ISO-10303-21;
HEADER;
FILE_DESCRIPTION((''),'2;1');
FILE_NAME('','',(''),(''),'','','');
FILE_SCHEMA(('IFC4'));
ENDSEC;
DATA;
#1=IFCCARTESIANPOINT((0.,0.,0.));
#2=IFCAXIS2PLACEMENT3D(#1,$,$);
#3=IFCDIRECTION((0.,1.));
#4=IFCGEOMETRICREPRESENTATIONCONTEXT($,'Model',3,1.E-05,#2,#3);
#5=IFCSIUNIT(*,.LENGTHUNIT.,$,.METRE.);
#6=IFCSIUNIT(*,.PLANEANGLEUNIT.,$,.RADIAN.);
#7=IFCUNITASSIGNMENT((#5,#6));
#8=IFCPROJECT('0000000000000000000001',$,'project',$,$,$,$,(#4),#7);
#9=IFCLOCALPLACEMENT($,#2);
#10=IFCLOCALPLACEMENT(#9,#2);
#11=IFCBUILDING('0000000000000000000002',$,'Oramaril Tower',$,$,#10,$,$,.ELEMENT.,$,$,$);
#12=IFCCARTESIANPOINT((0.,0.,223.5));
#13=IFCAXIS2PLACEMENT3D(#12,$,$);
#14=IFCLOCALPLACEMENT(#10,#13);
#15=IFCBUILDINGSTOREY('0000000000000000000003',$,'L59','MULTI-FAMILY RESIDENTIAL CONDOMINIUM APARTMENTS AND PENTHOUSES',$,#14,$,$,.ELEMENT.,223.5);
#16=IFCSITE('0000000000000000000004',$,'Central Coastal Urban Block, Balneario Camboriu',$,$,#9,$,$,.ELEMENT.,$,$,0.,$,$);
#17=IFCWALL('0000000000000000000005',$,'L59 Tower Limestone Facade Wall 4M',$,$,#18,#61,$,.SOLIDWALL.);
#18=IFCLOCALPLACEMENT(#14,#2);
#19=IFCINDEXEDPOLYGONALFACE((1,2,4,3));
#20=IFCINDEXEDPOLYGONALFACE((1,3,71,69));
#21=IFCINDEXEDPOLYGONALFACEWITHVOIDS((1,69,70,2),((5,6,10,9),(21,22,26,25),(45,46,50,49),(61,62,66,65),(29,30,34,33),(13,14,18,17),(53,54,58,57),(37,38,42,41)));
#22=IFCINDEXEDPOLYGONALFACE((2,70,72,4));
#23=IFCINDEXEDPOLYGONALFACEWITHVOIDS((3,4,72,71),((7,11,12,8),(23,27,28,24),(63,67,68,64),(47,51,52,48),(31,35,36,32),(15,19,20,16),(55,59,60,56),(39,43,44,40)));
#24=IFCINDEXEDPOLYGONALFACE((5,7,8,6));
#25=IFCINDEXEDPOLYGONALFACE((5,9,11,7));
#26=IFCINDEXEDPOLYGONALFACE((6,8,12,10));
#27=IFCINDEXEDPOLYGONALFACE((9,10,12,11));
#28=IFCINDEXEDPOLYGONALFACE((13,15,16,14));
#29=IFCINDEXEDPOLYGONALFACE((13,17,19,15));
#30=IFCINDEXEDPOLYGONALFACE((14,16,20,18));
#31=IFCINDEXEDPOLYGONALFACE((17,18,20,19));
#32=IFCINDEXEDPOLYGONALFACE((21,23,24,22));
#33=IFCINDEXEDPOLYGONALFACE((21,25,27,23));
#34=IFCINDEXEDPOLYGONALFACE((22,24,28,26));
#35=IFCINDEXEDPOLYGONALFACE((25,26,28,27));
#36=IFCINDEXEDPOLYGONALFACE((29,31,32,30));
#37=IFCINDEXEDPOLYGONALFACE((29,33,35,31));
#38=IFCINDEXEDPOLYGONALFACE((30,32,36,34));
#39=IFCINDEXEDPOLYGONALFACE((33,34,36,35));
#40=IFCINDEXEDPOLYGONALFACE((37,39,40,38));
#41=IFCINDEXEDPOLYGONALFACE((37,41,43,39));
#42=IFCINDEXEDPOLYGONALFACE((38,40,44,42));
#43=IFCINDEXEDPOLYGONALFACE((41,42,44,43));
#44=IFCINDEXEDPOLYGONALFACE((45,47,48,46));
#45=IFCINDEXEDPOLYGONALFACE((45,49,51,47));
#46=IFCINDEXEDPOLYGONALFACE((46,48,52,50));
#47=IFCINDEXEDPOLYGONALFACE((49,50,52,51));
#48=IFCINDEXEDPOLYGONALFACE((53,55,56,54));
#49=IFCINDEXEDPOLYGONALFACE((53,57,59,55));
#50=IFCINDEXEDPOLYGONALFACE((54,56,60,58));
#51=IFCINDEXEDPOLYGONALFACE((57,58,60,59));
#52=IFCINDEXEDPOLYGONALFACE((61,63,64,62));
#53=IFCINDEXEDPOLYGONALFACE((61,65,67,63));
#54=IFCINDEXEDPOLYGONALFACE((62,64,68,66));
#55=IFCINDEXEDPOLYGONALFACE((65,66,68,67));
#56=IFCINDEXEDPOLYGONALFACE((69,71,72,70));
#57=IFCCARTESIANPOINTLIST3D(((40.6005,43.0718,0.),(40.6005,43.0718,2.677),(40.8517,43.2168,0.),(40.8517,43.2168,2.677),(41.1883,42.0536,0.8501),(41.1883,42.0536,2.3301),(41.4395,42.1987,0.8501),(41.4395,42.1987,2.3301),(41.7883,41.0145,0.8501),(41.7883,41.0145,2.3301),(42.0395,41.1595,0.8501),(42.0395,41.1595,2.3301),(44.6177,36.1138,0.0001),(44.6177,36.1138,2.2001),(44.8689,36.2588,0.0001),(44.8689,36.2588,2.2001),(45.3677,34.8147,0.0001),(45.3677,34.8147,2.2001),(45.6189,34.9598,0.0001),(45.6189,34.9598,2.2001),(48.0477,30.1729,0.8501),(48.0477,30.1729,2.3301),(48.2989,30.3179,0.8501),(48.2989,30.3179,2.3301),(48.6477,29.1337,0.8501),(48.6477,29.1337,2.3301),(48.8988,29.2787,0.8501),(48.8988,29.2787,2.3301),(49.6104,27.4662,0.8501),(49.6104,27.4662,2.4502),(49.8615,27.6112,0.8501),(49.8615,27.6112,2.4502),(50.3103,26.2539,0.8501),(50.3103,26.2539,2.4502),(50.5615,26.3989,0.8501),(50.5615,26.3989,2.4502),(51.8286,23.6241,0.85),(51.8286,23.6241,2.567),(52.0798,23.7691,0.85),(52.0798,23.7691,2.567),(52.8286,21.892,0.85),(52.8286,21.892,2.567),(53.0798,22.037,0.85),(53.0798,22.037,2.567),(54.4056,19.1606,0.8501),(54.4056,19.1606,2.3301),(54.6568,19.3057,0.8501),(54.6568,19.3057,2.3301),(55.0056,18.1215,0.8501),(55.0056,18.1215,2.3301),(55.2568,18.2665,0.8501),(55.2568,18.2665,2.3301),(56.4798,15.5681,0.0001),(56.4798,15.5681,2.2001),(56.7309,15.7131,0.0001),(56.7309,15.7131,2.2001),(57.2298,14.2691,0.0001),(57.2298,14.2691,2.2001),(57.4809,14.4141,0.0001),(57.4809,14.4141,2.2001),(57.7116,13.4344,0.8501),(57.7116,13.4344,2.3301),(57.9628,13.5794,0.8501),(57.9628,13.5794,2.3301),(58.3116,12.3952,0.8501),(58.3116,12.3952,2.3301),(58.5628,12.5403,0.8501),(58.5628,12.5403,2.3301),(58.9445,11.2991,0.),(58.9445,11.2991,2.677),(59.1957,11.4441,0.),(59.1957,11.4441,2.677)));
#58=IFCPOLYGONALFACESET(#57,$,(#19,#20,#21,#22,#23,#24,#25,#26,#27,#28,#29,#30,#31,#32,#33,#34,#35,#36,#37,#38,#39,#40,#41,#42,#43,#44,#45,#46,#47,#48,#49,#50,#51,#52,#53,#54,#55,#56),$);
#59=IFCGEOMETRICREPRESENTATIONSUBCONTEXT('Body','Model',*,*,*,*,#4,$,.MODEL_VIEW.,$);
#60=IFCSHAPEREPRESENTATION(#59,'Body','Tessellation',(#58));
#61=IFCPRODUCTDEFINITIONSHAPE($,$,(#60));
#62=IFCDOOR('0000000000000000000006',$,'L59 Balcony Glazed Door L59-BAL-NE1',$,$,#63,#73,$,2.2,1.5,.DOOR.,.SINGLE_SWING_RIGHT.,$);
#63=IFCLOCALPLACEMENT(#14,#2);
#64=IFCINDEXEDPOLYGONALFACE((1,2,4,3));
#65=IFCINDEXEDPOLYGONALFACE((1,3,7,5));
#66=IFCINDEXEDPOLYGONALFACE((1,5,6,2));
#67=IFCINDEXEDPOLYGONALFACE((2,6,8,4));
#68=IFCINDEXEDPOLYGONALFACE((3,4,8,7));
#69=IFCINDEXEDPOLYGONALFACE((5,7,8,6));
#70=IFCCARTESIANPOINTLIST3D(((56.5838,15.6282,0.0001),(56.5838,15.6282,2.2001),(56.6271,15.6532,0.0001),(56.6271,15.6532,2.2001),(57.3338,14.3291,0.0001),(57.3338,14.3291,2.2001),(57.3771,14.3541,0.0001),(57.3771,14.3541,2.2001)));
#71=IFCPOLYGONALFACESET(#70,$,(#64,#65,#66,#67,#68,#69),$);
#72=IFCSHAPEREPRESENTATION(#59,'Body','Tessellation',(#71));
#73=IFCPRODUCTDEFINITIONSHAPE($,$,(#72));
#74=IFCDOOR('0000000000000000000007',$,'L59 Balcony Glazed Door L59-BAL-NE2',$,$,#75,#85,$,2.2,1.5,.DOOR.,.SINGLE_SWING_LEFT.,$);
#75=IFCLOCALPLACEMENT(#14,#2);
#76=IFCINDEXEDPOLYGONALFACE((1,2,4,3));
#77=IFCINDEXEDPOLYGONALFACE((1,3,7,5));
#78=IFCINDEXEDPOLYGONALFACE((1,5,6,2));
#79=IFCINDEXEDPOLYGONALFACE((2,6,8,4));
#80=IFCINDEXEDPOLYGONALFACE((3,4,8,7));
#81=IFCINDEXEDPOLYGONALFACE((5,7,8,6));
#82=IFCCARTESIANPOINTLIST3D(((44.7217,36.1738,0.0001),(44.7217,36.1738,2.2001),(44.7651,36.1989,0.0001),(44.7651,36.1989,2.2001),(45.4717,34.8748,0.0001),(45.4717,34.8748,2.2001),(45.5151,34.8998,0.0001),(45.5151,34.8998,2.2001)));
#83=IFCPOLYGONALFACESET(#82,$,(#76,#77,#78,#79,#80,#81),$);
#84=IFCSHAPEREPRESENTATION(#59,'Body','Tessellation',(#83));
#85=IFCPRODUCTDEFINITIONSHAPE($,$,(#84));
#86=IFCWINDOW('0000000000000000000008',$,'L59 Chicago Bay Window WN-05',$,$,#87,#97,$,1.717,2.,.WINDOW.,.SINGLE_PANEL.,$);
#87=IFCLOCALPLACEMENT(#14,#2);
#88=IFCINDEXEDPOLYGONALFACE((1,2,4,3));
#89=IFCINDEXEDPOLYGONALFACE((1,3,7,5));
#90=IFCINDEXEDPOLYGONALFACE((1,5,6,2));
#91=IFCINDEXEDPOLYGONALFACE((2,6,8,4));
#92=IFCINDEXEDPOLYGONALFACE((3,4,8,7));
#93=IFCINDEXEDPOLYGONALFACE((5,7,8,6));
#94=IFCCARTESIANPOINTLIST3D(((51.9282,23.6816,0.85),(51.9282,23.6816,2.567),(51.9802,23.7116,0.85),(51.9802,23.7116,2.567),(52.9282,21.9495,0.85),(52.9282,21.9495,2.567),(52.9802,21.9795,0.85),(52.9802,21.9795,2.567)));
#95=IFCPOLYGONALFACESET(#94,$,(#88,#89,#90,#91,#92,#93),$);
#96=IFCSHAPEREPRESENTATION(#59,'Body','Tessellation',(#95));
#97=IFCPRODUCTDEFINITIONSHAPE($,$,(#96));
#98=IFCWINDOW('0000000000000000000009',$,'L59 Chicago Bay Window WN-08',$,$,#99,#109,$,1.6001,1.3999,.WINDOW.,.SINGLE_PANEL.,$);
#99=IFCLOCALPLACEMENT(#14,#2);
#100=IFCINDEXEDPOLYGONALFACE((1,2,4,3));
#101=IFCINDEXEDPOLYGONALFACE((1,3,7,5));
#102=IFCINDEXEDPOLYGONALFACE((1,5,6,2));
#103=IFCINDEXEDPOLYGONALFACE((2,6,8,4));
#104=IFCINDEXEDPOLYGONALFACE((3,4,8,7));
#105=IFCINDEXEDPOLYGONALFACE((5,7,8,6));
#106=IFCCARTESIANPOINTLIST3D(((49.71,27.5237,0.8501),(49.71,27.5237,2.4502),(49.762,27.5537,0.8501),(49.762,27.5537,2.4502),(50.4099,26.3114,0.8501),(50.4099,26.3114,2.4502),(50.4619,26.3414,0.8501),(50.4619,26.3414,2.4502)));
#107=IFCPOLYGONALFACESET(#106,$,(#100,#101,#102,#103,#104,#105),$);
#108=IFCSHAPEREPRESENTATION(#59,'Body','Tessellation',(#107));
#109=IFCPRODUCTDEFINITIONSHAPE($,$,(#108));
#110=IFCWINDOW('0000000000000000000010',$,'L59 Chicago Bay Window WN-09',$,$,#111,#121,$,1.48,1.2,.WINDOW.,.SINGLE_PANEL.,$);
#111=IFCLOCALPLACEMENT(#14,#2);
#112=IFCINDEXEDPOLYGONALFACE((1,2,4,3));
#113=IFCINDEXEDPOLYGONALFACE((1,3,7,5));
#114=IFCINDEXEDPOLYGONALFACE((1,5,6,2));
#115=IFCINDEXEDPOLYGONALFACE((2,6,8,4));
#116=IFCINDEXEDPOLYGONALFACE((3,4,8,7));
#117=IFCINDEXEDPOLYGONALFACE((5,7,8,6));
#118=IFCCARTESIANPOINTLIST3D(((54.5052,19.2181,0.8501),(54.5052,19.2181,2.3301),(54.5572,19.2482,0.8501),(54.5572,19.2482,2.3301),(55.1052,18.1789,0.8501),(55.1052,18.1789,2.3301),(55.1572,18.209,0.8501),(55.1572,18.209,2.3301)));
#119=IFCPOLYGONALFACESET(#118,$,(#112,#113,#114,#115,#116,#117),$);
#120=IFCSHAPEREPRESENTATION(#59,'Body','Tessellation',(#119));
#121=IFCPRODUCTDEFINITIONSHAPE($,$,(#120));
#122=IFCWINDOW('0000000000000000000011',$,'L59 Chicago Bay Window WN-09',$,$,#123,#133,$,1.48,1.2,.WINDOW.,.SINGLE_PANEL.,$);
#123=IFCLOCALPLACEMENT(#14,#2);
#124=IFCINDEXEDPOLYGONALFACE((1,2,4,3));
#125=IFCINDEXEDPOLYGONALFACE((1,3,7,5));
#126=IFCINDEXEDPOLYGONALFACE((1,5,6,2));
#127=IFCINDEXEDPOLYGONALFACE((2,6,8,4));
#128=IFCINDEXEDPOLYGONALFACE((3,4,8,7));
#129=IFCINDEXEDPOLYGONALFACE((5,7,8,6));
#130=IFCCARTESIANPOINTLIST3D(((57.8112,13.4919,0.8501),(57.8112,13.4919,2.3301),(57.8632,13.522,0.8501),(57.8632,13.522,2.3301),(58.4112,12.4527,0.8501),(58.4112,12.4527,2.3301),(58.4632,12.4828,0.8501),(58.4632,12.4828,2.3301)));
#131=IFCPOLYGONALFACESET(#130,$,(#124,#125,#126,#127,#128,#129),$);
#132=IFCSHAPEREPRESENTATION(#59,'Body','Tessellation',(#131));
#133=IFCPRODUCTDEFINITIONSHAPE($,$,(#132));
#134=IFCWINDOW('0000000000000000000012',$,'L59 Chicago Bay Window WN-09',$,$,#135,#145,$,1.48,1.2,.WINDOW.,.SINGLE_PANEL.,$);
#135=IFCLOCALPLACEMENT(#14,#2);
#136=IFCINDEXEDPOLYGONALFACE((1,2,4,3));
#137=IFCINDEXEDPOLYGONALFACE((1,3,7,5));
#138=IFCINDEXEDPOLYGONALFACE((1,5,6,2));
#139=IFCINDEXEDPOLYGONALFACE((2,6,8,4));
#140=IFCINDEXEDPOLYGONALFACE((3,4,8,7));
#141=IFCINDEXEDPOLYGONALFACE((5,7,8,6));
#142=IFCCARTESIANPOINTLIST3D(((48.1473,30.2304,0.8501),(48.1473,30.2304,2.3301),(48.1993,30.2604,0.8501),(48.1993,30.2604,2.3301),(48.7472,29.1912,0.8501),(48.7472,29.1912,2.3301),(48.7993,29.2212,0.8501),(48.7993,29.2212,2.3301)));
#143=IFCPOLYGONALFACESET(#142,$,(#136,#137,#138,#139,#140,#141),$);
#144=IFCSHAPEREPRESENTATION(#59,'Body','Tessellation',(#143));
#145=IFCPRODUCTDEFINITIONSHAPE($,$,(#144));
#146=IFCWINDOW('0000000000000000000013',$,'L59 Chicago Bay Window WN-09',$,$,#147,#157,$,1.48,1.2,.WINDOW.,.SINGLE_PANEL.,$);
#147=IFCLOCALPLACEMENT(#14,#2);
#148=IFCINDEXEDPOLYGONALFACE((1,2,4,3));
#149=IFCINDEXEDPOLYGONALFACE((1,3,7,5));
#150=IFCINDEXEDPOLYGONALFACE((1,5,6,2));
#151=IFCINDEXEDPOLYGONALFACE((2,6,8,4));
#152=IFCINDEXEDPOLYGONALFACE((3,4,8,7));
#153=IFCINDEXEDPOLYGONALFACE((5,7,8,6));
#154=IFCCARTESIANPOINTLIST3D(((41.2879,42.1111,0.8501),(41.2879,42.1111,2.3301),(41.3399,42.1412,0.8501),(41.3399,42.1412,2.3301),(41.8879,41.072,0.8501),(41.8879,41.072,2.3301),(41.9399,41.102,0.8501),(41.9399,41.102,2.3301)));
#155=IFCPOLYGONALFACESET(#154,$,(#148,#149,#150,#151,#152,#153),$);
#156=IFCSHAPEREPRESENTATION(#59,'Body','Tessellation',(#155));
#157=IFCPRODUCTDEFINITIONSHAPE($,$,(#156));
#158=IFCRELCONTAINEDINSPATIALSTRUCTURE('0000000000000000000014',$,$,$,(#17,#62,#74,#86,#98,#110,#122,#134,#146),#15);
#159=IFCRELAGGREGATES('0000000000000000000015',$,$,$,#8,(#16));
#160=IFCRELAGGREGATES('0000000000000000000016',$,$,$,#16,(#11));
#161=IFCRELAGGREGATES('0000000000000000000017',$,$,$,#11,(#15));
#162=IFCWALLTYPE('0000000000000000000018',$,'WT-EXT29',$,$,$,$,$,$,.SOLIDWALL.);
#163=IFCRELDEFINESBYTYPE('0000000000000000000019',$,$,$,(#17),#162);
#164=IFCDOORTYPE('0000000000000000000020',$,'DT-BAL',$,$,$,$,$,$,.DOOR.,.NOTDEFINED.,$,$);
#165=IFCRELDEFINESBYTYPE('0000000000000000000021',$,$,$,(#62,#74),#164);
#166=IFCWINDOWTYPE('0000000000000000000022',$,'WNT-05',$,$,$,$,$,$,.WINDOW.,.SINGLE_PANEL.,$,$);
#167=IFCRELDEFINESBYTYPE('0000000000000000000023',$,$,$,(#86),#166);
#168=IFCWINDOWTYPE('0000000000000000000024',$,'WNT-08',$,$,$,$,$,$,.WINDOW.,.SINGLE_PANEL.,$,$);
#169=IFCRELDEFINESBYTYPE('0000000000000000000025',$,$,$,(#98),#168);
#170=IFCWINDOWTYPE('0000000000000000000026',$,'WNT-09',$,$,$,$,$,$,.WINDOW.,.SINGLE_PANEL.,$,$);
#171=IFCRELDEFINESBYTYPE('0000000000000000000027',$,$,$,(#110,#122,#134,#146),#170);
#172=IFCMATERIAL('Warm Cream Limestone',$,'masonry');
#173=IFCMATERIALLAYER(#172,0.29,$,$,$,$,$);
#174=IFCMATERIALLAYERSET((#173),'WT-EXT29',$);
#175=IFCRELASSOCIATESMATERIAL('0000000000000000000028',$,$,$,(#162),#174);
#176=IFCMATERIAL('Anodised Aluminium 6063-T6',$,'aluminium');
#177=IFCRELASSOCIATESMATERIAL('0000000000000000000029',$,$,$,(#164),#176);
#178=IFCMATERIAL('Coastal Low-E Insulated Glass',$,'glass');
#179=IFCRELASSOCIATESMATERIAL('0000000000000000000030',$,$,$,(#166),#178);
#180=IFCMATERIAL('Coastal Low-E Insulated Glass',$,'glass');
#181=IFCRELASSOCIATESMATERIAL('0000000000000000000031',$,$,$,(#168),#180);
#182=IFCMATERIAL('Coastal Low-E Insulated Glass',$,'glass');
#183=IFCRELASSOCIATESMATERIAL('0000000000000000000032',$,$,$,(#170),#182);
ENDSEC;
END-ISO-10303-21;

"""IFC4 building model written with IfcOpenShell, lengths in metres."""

from ifc_helpers import new_model, si_unit, direction, frame, frame_2d, origin, place, context, subcontext, project, spatial, rectangle, extrude, material, layer, layer_set, type_object, element, fill, save


model = new_model("IFC4")

# Units and contexts
model_context = context("Model", 3, precision=1e-05, world=origin(), true_north=direction((0.0, 1.0)))
body_context = subcontext(model_context, "Body", "Model", "MODEL_VIEW")
ifc_project = project(units=[si_unit("LENGTHUNIT", "METRE"), si_unit("PLANEANGLEUNIT", "RADIAN")], contexts=[model_context])

# Site, building, storey
site_placement = place(None, origin())
site = spatial("IfcSite", under=ifc_project, at=site_placement, Name="Central Coastal Urban Block, Balneario Camboriu", CompositionType="ELEMENT", RefElevation=0.0)
building_placement = place(site_placement, origin())
building = spatial("IfcBuilding", under=site, at=building_placement, Name="Oramaril Tower", CompositionType="ELEMENT")
storey_placement = place(building_placement, frame((0.0, 0.0, 223.5)))
storey = spatial("IfcBuildingStorey", under=building, at=storey_placement, Name="L59", Description="MULTI-FAMILY RESIDENTIAL CONDOMINIUM APARTMENTS AND PENTHOUSES", CompositionType="ELEMENT", Elevation=223.5)

# Wall, openings, doors, windows
ifc_material_1 = material(Name="Warm Cream Limestone", Category="masonry")
ifc_layer_1 = layer(ifc_material_1, 0.29)
ifc_layer_set_1 = layer_set([ifc_layer_1], Name="WT-EXT29")
wall_type = type_object("IfcWallType", Name="WT-EXT29", PredefinedType="SOLIDWALL", material=ifc_layer_set_1)
wall_placement = place(storey_placement, frame((59.0701, 11.3716, 0.0), z_axis=(0.0, 0.0, 1.0), x_axis=(-0.5, 0.866025, 0.0)))
wall = element("IfcWall", 1, at=wall_placement, inside=storey, type_object=wall_type, Name="L59 Tower Limestone Facade Wall 4M", PredefinedType="SOLIDWALL", context=body_context, shape_type="SweptSolid", body=[
    extrude(rectangle(XDim=36.688, YDim=0.29, at=frame_2d((18.344, 0.0))), origin(), (0.0, 0.0, 1.0), 2.677),
])
opening_1_placement = place(wall_placement, frame((3.4294, 0.0, 0.0)))
opening_1 = element("IfcOpeningElement", 2, at=opening_1_placement, cuts=wall, PredefinedType="OPENING", context=body_context, shape_type="SweptSolid", body=[
    extrude(rectangle(XDim=1.5, YDim=2.2, at=frame_2d((0.75, 1.1001))), frame((0.0, 0.145, 0.0), z_axis=(0.0, -1.0, 0.0), x_axis=(1.0, 0.0, 0.0)), (0.0, 0.0, 1.0), 0.29),
])
opening_2_placement = place(wall_placement, frame((27.1536, 0.0, 0.0)))
opening_2 = element("IfcOpeningElement", 3, at=opening_2_placement, cuts=wall, PredefinedType="OPENING", context=body_context, shape_type="SweptSolid", body=[
    extrude(rectangle(XDim=1.5, YDim=2.2, at=frame_2d((0.75, 1.1001))), frame((0.0, 0.145, 0.0), z_axis=(0.0, -1.0, 0.0), x_axis=(1.0, 0.0, 0.0)), (0.0, 0.0, 1.0), 0.29),
])
opening_3_placement = place(wall_placement, frame((7.8777, 0.0, 0.8501)))
opening_3 = element("IfcOpeningElement", 4, at=opening_3_placement, cuts=wall, PredefinedType="OPENING", context=body_context, shape_type="SweptSolid", body=[
    extrude(rectangle(XDim=1.2, YDim=1.48, at=frame_2d((0.6001, 0.74))), frame((0.0, 0.145, 0.0), z_axis=(0.0, -1.0, 0.0), x_axis=(1.0, 0.0, 0.0)), (0.0, 0.0, 1.0), 0.29),
])
opening_4_placement = place(wall_placement, frame((1.2656, 0.0, 0.8501)))
opening_4 = element("IfcOpeningElement", 5, at=opening_4_placement, cuts=wall, PredefinedType="OPENING", context=body_context, shape_type="SweptSolid", body=[
    extrude(rectangle(XDim=1.2, YDim=1.48, at=frame_2d((0.6001, 0.74))), frame((0.0, 0.145, 0.0), z_axis=(0.0, -1.0, 0.0), x_axis=(1.0, 0.0, 0.0)), (0.0, 0.0, 1.0), 0.29),
])
opening_5_placement = place(wall_placement, frame((12.2317, 0.0, 0.8501)))
opening_5 = element("IfcOpeningElement", 6, at=opening_5_placement, cuts=wall, PredefinedType="OPENING", context=body_context, shape_type="SweptSolid", body=[
    extrude(rectangle(XDim=2.0, YDim=1.717, at=frame_2d((1.0, 0.8584))), frame((0.0, 0.145, 0.0), z_axis=(0.0, -1.0, 0.0), x_axis=(1.0, 0.0, 0.0)), (0.0, 0.0, 1.0), 0.29),
])
opening_6_placement = place(wall_placement, frame((17.2683, 0.0, 0.8501)))
opening_6 = element("IfcOpeningElement", 7, at=opening_6_placement, cuts=wall, PredefinedType="OPENING", context=body_context, shape_type="SweptSolid", body=[
    extrude(rectangle(XDim=1.3999, YDim=1.6001, at=frame_2d((0.7, 0.8))), frame((0.0, 0.145, 0.0), z_axis=(0.0, -1.0, 0.0), x_axis=(1.0, 0.0, 0.0)), (0.0, 0.0, 1.0), 0.29),
])
opening_7_placement = place(wall_placement, frame((20.5935, 0.0, 0.8501)))
opening_7 = element("IfcOpeningElement", 8, at=opening_7_placement, cuts=wall, PredefinedType="OPENING", context=body_context, shape_type="SweptSolid", body=[
    extrude(rectangle(XDim=1.2, YDim=1.48, at=frame_2d((0.6001, 0.74))), frame((0.0, 0.145, 0.0), z_axis=(0.0, -1.0, 0.0), x_axis=(1.0, 0.0, 0.0)), (0.0, 0.0, 1.0), 0.29),
])
opening_8_placement = place(wall_placement, frame((34.3123, 0.0, 0.8501)))
opening_8 = element("IfcOpeningElement", 9, at=opening_8_placement, cuts=wall, PredefinedType="OPENING", context=body_context, shape_type="SweptSolid", body=[
    extrude(rectangle(XDim=1.2, YDim=1.48, at=frame_2d((0.6001, 0.74))), frame((0.0, 0.145, 0.0), z_axis=(0.0, -1.0, 0.0), x_axis=(1.0, 0.0, 0.0)), (0.0, 0.0, 1.0), 0.29),
])
ifc_material_2 = material(Name="Anodised Aluminium 6063-T6", Category="aluminium")
door_type = type_object("IfcDoorType", Name="DT-BAL", OperationType="NOTDEFINED", PredefinedType="DOOR", material=ifc_material_2)
door_1_placement = place(opening_1_placement, origin())
door_1 = element("IfcDoor", 10, at=door_1_placement, inside=storey, type_object=door_type, Name="L59 Balcony Glazed Door L59-BAL-NE1", OperationType="SINGLE_SWING_RIGHT", OverallHeight=2.2, OverallWidth=1.5, PredefinedType="DOOR", context=body_context, shape_type="SweptSolid", body=[
    extrude(rectangle(XDim=1.5, YDim=2.2, at=frame_2d((0.75, 1.1001))), frame((0.0, 0.0249, 0.0), z_axis=(0.0, -1.0, 0.0), x_axis=(1.0, 0.0, 0.0)), (0.0, 0.0, 1.0), 0.05),
])
fill(opening_1, door_1)
door_2_placement = place(opening_2_placement, origin())
door_2 = element("IfcDoor", 11, at=door_2_placement, inside=storey, type_object=door_type, Name="L59 Balcony Glazed Door L59-BAL-NE2", OperationType="SINGLE_SWING_LEFT", OverallHeight=2.2, OverallWidth=1.5, PredefinedType="DOOR", context=body_context, shape_type="SweptSolid", body=[
    extrude(rectangle(XDim=1.5, YDim=2.2, at=frame_2d((0.75, 1.1001))), frame((0.0, 0.0249, 0.0), z_axis=(0.0, -1.0, 0.0), x_axis=(1.0, 0.0, 0.0)), (0.0, 0.0, 1.0), 0.05),
])
fill(opening_2, door_2)
ifc_material_3 = material(Name="Coastal Low-E Insulated Glass", Category="glass")
window_type_1 = type_object("IfcWindowType", Name="WNT-05", PartitioningType="SINGLE_PANEL", PredefinedType="WINDOW", material=ifc_material_3)
window_1_placement = place(opening_5_placement, origin())
window_1 = element("IfcWindow", 12, at=window_1_placement, inside=storey, type_object=window_type_1, Name="L59 Chicago Bay Window WN-05", OverallHeight=1.717, OverallWidth=2.0, PartitioningType="SINGLE_PANEL", PredefinedType="WINDOW", context=body_context, shape_type="SweptSolid", body=[
    extrude(rectangle(XDim=2.0, YDim=1.717, at=frame_2d((1.0, 0.8584))), frame((0.0, 0.03, 0.0), z_axis=(0.0, -1.0, 0.0), x_axis=(1.0, 0.0, 0.0)), (0.0, 0.0, 1.0), 0.0601),
])
fill(opening_5, window_1)
ifc_material_4 = material(Name="Coastal Low-E Insulated Glass", Category="glass")
window_type_2 = type_object("IfcWindowType", Name="WNT-08", PartitioningType="SINGLE_PANEL", PredefinedType="WINDOW", material=ifc_material_4)
window_2_placement = place(opening_6_placement, origin())
window_2 = element("IfcWindow", 13, at=window_2_placement, inside=storey, type_object=window_type_2, Name="L59 Chicago Bay Window WN-08", OverallHeight=1.6001, OverallWidth=1.3999, PartitioningType="SINGLE_PANEL", PredefinedType="WINDOW", context=body_context, shape_type="SweptSolid", body=[
    extrude(rectangle(XDim=1.3999, YDim=1.6001, at=frame_2d((0.7, 0.8))), frame((0.0, 0.03, 0.0), z_axis=(0.0, -1.0, 0.0), x_axis=(1.0, 0.0, 0.0)), (0.0, 0.0, 1.0), 0.0601),
])
fill(opening_6, window_2)
ifc_material_5 = material(Name="Coastal Low-E Insulated Glass", Category="glass")
window_type_3 = type_object("IfcWindowType", Name="WNT-09", PartitioningType="SINGLE_PANEL", PredefinedType="WINDOW", material=ifc_material_5)
window_3_placement = place(opening_3_placement, origin())
window_3 = element("IfcWindow", 14, at=window_3_placement, inside=storey, type_object=window_type_3, Name="L59 Chicago Bay Window WN-09", OverallHeight=1.48, OverallWidth=1.2, PartitioningType="SINGLE_PANEL", PredefinedType="WINDOW", context=body_context, shape_type="SweptSolid", body=[
    extrude(rectangle(XDim=1.2, YDim=1.48, at=frame_2d((0.6001, 0.74))), frame((0.0, 0.03, 0.0), z_axis=(0.0, -1.0, 0.0), x_axis=(1.0, 0.0, 0.0)), (0.0, 0.0, 1.0), 0.0601),
])
fill(opening_3, window_3)
window_4_placement = place(opening_4_placement, origin())
window_4 = element("IfcWindow", 15, at=window_4_placement, inside=storey, type_object=window_type_3, Name="L59 Chicago Bay Window WN-09", OverallHeight=1.48, OverallWidth=1.2, PartitioningType="SINGLE_PANEL", PredefinedType="WINDOW", context=body_context, shape_type="SweptSolid", body=[
    extrude(rectangle(XDim=1.2, YDim=1.48, at=frame_2d((0.6001, 0.74))), frame((0.0, 0.03, 0.0), z_axis=(0.0, -1.0, 0.0), x_axis=(1.0, 0.0, 0.0)), (0.0, 0.0, 1.0), 0.0601),
])
fill(opening_4, window_4)
window_5_placement = place(opening_7_placement, origin())
window_5 = element("IfcWindow", 16, at=window_5_placement, inside=storey, type_object=window_type_3, Name="L59 Chicago Bay Window WN-09", OverallHeight=1.48, OverallWidth=1.2, PartitioningType="SINGLE_PANEL", PredefinedType="WINDOW", context=body_context, shape_type="SweptSolid", body=[
    extrude(rectangle(XDim=1.2, YDim=1.48, at=frame_2d((0.6001, 0.74))), frame((0.0, 0.03, 0.0), z_axis=(0.0, -1.0, 0.0), x_axis=(1.0, 0.0, 0.0)), (0.0, 0.0, 1.0), 0.0601),
])
fill(opening_7, window_5)
window_6_placement = place(opening_8_placement, origin())
window_6 = element("IfcWindow", 17, at=window_6_placement, inside=storey, type_object=window_type_3, Name="L59 Chicago Bay Window WN-09", OverallHeight=1.48, OverallWidth=1.2, PartitioningType="SINGLE_PANEL", PredefinedType="WINDOW", context=body_context, shape_type="SweptSolid", body=[
    extrude(rectangle(XDim=1.2, YDim=1.48, at=frame_2d((0.6001, 0.74))), frame((0.0, 0.03, 0.0), z_axis=(0.0, -1.0, 0.0), x_axis=(1.0, 0.0, 0.0)), (0.0, 0.0, 1.0), 0.0601),
])
fill(opening_8, window_6)

save(model, "model.ifc")
